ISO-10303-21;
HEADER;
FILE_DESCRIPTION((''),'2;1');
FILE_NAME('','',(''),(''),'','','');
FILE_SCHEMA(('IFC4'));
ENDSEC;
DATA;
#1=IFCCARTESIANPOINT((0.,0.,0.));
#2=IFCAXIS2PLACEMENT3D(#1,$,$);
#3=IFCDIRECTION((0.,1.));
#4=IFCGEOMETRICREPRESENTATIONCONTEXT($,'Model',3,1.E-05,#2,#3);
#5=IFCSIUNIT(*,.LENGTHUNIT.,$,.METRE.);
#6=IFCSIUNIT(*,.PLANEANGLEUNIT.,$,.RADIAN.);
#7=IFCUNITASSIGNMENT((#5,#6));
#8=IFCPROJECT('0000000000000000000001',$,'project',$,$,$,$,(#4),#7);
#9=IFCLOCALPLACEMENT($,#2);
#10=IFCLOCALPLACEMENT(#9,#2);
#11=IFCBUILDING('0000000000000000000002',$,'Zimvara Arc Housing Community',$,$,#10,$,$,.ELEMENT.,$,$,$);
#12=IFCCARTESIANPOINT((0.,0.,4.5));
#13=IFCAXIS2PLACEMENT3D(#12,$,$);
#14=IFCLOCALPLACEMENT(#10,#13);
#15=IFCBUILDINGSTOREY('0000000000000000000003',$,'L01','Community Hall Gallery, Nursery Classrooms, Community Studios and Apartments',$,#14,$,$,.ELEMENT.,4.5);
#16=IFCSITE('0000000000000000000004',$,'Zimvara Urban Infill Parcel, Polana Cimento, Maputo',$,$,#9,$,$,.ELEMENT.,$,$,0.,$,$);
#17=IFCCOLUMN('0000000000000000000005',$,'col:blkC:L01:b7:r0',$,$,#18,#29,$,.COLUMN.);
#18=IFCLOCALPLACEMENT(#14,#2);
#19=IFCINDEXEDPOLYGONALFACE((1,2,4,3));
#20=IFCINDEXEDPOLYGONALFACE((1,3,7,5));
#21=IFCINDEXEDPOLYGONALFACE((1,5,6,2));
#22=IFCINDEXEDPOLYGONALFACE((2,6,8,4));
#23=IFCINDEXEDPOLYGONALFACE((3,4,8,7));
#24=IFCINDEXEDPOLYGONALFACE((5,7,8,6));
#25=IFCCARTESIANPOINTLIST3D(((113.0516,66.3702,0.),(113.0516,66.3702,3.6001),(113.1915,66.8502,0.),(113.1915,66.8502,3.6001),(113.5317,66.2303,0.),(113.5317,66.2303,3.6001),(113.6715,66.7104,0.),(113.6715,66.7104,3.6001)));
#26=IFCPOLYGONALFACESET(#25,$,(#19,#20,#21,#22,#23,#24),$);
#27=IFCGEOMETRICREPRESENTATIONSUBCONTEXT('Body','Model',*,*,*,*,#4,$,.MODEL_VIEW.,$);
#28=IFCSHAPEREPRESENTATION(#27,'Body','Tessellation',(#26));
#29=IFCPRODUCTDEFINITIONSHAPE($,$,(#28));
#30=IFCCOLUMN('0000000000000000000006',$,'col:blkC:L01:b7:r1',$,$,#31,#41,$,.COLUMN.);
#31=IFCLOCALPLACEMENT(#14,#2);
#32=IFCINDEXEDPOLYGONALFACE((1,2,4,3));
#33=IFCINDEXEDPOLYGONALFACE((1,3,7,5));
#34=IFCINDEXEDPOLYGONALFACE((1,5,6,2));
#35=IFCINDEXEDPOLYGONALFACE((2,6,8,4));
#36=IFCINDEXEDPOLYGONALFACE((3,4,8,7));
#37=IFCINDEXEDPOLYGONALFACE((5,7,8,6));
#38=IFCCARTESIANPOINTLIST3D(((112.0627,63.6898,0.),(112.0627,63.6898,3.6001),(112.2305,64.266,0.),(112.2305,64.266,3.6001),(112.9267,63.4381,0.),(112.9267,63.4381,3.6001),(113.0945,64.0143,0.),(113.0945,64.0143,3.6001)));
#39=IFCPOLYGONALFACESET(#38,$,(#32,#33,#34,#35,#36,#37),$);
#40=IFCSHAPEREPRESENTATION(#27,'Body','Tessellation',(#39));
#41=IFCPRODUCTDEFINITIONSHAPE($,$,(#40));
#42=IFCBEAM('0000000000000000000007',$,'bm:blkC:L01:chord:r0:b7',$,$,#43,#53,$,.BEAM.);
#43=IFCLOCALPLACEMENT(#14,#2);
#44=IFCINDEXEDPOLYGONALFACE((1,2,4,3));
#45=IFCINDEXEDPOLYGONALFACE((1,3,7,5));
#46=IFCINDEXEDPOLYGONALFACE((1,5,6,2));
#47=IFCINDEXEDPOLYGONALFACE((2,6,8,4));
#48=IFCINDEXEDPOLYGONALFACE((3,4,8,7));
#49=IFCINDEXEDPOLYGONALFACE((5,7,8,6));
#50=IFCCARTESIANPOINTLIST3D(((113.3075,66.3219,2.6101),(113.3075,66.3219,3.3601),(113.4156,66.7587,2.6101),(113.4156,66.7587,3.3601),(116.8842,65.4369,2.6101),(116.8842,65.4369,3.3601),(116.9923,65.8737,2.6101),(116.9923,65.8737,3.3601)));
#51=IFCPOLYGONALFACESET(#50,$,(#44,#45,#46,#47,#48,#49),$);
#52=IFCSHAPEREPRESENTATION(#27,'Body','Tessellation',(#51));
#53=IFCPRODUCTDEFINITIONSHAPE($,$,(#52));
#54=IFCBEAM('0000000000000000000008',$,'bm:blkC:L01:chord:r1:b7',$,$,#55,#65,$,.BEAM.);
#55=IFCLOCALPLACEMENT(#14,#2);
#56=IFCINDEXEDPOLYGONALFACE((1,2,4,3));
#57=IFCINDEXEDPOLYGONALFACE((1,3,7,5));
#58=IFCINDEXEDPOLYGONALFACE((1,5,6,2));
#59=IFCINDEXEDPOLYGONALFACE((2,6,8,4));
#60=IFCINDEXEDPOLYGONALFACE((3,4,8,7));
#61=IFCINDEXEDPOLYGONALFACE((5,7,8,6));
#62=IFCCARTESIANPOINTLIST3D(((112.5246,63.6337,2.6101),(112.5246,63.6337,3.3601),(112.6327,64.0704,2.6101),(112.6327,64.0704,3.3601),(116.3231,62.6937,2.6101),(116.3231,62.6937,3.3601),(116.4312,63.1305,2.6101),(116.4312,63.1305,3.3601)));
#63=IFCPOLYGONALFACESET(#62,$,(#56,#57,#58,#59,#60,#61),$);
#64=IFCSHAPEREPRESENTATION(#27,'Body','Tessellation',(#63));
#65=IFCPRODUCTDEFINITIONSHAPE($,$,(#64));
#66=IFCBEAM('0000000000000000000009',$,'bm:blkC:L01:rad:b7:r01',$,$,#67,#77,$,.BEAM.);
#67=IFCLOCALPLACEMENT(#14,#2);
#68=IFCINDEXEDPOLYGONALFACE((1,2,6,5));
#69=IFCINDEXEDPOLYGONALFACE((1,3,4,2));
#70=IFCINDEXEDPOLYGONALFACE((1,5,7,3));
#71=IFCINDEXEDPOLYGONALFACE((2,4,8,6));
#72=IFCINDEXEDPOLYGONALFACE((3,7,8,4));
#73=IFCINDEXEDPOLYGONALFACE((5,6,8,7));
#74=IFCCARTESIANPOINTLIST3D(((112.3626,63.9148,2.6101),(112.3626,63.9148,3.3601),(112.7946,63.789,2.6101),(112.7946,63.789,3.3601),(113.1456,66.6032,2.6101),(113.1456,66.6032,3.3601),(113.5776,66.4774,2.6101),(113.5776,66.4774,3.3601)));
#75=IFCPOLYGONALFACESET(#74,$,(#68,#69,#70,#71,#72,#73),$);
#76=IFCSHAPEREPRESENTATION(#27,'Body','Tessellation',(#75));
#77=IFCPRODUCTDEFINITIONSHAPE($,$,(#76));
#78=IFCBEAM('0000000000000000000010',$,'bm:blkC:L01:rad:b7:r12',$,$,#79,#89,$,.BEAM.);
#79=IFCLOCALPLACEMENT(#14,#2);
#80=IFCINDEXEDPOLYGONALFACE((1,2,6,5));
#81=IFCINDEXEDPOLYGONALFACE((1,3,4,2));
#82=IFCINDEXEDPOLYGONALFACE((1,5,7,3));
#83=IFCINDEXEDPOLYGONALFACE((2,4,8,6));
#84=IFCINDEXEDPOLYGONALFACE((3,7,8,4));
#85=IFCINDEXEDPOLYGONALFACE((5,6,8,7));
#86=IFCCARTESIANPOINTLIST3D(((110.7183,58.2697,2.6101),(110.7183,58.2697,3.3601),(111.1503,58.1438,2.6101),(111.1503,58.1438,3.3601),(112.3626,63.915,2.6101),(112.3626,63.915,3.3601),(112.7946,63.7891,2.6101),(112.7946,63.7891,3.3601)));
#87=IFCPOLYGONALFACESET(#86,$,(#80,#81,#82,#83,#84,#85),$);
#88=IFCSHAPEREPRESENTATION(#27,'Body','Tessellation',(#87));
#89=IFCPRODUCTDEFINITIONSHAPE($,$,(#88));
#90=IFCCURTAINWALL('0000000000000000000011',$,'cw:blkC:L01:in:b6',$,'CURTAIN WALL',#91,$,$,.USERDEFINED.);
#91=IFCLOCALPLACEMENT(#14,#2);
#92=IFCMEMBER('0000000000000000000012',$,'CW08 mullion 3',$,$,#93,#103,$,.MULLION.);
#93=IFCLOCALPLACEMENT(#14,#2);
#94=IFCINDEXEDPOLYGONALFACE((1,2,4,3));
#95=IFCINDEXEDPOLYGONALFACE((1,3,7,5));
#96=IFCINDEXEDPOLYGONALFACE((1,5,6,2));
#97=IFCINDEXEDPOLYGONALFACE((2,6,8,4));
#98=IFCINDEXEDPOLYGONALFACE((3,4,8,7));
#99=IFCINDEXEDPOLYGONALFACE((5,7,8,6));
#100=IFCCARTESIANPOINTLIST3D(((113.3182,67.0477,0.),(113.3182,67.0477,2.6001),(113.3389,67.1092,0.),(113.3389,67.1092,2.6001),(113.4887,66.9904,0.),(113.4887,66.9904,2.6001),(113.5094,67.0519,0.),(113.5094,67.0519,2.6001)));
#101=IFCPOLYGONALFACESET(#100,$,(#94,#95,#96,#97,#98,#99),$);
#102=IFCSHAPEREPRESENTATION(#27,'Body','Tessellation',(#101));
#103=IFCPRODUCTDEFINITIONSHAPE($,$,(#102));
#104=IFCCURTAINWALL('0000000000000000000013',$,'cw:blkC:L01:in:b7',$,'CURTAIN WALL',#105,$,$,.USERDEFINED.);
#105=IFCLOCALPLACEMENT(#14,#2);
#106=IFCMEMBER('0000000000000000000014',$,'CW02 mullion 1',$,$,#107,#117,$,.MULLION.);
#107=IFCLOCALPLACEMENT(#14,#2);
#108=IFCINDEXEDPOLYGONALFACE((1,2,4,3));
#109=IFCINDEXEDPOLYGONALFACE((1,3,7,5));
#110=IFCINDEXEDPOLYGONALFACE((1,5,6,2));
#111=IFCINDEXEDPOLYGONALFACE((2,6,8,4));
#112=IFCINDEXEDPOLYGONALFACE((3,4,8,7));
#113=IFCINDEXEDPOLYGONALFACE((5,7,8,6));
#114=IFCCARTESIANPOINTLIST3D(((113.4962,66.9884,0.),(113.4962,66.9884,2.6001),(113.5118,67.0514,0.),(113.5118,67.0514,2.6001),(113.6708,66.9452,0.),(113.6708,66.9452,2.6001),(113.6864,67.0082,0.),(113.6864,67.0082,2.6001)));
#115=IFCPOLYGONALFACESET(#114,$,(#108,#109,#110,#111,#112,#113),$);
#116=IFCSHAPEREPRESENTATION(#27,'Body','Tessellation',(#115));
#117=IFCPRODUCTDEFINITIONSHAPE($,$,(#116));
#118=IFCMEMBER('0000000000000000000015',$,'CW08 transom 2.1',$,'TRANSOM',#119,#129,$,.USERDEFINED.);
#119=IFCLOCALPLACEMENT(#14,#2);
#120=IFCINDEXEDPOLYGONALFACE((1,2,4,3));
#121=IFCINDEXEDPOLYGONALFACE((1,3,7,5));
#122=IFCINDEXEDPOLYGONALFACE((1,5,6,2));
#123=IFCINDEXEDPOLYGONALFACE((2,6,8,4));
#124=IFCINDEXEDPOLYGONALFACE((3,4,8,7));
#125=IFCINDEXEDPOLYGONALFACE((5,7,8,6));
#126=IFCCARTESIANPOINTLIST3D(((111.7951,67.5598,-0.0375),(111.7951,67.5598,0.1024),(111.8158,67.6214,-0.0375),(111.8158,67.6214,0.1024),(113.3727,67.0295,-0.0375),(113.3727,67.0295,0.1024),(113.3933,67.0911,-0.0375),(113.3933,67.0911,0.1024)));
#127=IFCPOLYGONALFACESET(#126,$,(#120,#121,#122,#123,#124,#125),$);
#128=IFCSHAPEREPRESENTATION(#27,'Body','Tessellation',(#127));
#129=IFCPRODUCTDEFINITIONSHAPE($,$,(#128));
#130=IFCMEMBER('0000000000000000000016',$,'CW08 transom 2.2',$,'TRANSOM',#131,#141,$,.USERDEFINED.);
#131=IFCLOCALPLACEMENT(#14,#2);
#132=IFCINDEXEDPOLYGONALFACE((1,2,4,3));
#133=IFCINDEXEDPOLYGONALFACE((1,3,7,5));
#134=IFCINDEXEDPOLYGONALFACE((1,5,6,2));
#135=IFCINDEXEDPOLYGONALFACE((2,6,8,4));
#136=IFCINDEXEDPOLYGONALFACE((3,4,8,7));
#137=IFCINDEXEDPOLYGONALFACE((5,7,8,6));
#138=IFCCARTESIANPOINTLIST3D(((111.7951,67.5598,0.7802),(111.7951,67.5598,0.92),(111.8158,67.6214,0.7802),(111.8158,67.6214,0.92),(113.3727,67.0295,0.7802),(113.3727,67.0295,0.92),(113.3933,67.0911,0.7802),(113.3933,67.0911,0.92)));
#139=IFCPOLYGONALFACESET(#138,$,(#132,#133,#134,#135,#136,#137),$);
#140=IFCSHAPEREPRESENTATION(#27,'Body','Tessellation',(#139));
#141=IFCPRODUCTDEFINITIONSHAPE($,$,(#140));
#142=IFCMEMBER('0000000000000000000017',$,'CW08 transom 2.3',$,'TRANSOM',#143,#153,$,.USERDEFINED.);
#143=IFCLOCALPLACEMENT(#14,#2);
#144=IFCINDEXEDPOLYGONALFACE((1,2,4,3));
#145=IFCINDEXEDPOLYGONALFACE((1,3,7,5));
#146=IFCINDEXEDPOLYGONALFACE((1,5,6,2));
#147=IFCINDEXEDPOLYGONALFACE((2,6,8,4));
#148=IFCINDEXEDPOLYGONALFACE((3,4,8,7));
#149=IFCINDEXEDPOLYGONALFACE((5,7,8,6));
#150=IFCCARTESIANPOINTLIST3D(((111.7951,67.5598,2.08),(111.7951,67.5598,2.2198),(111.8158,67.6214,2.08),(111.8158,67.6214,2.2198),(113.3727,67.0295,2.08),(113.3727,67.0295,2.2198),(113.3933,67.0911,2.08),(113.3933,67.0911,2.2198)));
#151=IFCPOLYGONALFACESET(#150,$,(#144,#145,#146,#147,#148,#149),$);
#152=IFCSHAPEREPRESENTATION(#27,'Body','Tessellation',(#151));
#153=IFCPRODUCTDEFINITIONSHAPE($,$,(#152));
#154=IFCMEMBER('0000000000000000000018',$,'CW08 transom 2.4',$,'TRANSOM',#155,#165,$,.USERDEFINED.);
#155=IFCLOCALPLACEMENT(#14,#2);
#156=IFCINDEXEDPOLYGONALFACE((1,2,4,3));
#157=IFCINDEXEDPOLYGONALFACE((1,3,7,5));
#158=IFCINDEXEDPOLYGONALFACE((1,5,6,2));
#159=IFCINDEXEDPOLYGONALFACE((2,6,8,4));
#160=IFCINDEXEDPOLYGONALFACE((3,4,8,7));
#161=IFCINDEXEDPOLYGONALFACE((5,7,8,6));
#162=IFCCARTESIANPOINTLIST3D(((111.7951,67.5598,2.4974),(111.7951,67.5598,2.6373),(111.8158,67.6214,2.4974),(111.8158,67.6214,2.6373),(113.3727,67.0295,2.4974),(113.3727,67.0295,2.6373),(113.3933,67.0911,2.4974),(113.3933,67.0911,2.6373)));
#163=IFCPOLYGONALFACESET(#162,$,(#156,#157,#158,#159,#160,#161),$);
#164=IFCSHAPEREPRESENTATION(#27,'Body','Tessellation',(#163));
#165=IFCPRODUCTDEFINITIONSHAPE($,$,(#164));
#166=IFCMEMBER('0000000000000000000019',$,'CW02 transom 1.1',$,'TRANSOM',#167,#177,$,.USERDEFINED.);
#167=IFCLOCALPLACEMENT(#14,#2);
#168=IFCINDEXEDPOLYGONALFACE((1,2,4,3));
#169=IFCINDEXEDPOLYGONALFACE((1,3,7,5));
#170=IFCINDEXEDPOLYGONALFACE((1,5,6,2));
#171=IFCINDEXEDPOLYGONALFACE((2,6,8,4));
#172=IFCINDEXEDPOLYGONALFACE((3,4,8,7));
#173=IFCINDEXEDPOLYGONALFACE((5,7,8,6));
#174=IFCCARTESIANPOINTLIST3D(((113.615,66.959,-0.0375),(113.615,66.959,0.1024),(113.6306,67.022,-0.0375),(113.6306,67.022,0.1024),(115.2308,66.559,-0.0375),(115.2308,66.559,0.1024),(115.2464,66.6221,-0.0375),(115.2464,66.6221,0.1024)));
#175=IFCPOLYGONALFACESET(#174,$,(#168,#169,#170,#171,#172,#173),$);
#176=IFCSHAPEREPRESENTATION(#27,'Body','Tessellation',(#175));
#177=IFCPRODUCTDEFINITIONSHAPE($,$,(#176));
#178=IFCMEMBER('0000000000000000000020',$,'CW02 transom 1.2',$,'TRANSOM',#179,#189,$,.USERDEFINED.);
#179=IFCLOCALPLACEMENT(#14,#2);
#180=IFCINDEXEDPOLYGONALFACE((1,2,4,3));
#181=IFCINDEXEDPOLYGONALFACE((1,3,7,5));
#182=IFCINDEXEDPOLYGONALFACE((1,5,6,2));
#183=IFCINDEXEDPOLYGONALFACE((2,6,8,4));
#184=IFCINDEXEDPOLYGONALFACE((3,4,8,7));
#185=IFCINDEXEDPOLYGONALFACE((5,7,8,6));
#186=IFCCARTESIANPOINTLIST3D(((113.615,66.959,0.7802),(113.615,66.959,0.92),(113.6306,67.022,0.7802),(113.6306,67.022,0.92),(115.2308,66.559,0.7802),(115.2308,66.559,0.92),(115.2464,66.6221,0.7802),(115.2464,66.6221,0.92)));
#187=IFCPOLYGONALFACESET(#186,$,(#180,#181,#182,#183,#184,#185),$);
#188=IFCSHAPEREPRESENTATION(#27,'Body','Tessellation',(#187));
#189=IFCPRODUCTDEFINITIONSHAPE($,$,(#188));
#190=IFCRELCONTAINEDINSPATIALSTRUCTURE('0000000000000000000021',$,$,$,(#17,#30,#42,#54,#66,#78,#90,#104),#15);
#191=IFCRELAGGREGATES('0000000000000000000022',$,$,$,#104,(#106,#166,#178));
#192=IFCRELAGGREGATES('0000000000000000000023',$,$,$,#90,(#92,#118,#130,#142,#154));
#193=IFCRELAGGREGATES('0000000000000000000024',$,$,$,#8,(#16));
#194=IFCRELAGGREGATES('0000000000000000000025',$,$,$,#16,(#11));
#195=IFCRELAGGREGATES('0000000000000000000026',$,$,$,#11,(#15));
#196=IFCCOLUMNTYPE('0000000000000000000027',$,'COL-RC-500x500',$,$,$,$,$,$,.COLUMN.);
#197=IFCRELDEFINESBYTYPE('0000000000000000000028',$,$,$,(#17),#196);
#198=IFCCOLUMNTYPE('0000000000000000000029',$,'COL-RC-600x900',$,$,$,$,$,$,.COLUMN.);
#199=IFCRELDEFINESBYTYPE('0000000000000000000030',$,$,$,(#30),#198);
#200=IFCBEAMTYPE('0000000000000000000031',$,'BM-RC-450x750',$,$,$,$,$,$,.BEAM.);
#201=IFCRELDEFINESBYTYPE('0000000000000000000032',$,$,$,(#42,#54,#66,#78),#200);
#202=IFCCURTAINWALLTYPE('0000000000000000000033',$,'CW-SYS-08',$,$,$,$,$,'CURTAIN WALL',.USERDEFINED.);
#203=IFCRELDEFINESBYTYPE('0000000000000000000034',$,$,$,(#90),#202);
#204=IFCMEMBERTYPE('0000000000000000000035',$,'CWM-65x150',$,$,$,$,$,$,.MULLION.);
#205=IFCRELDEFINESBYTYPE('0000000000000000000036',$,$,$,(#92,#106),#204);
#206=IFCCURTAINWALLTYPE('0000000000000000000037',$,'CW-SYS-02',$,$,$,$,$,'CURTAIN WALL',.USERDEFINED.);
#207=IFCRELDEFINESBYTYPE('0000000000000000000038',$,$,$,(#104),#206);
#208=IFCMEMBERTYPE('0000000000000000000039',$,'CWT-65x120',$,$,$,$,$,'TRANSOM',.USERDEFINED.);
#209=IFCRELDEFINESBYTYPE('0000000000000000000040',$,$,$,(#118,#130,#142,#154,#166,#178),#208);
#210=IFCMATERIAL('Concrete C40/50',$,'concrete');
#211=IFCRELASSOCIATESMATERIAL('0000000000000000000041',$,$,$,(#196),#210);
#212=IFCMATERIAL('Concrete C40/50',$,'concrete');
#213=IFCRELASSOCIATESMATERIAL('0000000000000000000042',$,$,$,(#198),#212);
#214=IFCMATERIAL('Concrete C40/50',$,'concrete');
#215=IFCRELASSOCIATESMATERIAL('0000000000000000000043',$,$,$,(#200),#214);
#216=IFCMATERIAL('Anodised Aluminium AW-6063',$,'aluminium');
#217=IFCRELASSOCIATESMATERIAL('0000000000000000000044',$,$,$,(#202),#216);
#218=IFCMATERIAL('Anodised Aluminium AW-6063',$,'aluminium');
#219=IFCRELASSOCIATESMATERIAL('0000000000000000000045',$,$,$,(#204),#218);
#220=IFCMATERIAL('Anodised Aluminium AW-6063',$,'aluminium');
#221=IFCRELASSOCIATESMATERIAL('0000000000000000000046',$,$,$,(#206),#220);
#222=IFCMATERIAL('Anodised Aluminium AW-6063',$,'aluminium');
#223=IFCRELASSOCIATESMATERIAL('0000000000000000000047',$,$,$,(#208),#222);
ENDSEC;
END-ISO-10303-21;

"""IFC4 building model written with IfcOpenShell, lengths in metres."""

from ifc_helpers import new_model, si_unit, direction, frame, origin, origin_2d, place, context, subcontext, project, spatial, rectangle, extrude, material, material_profile, profile_set, type_object, element, aggregate, save


model = new_model("IFC4")

# Units and contexts
model_context = context("Model", 3, precision=1e-05, world=origin(), true_north=direction((0.0, 1.0)))
body_context = subcontext(model_context, "Body", "Model", "MODEL_VIEW")
ifc_project = project(units=[si_unit("LENGTHUNIT", "METRE"), si_unit("PLANEANGLEUNIT", "RADIAN")], contexts=[model_context])

# Site, building, storey
site_placement = place(None, origin())
site = spatial("IfcSite", under=ifc_project, at=site_placement, Name="Zimvara Urban Infill Parcel, Polana Cimento, Maputo", CompositionType="ELEMENT", RefElevation=0.0)
building_placement = place(site_placement, origin())
building = spatial("IfcBuilding", under=site, at=building_placement, Name="Zimvara Arc Housing Community", CompositionType="ELEMENT")
storey_placement = place(building_placement, frame((0.0, 0.0, 4.5)))
storey = spatial("IfcBuildingStorey", under=building, at=storey_placement, Name="L01", Description="Community Hall Gallery, Nursery Classrooms, Community Studios and Apartments", CompositionType="ELEMENT", Elevation=4.5)

# Columns
ifc_material_1 = material(Name="Concrete C40/50", Category="concrete")
ifc_material_profile_1 = material_profile(ifc_material_1, rectangle(XDim=0.5, YDim=0.5, at=origin_2d()), Name="RC 500x500")
ifc_profile_set_1 = profile_set([ifc_material_profile_1], Name="Concrete C40/50")
column_type_1 = type_object("IfcColumnType", Name="COL-RC-500x500", PredefinedType="COLUMN", material=ifc_profile_set_1)
column_1_placement = place(storey_placement, frame((113.3616, 66.5403, 0.0), z_axis=(0.0, 0.0, 1.0), x_axis=(-0.279661, -0.960099, 0.0)))
element("IfcColumn", 1, at=column_1_placement, inside=storey, type_object=column_type_1, Name="col:blkC:L01:b7:r0", PredefinedType="COLUMN", context=body_context, shape_type="SweptSolid", body=[
    extrude(rectangle(XDim=0.5, YDim=0.5, at=origin_2d()), origin(), (0.0, 0.0, 1.0), 3.6001),
])
ifc_material_2 = material(Name="Concrete C40/50", Category="concrete")
ifc_material_profile_2 = material_profile(ifc_material_2, rectangle(XDim=0.6001, YDim=0.8999, at=origin_2d()), Name="RC 600x900")
ifc_profile_set_2 = profile_set([ifc_material_profile_2], Name="Concrete C40/50")
column_type_2 = type_object("IfcColumnType", Name="COL-RC-600x900", PredefinedType="COLUMN", material=ifc_profile_set_2)
column_2_placement = place(storey_placement, frame((112.5786, 63.8521, 0.0), z_axis=(0.0, 0.0, 1.0), x_axis=(-0.279661, -0.960099, 0.0)))
element("IfcColumn", 2, at=column_2_placement, inside=storey, type_object=column_type_2, Name="col:blkC:L01:b7:r1", PredefinedType="COLUMN", context=body_context, shape_type="SweptSolid", body=[
    extrude(rectangle(XDim=0.6001, YDim=0.8999, at=origin_2d()), origin(), (0.0, 0.0, 1.0), 3.6001),
])

# Beams
ifc_material_3 = material(Name="Concrete C40/50", Category="concrete")
ifc_material_profile_3 = material_profile(ifc_material_3, rectangle(XDim=0.45, YDim=0.75, at=origin_2d()), Name="RC 450x750")
ifc_profile_set_3 = profile_set([ifc_material_profile_3], Name="Concrete C40/50")
beam_type = type_object("IfcBeamType", Name="BM-RC-450x750", PredefinedType="BEAM", material=ifc_profile_set_3)
beam_1_placement = place(storey_placement, frame((113.3616, 66.5403, 2.9851), z_axis=(0.970724, -0.240196, 0.0), x_axis=(0.240196, 0.970724, 0.0)))
element("IfcBeam", 3, at=beam_1_placement, inside=storey, type_object=beam_type, Name="bm:blkC:L01:chord:r0:b7", PredefinedType="BEAM", context=body_context, shape_type="SweptSolid", body=[
    extrude(rectangle(XDim=0.45, YDim=0.75, at=origin_2d()), origin(), (0.0, 0.0, 1.0), 3.6846),
])
beam_2_placement = place(storey_placement, frame((112.5786, 63.8521, 2.9851), z_axis=(0.970723, -0.240201, 0.0), x_axis=(0.240201, 0.970723, 0.0)))
element("IfcBeam", 4, at=beam_2_placement, inside=storey, type_object=beam_type, Name="bm:blkC:L01:chord:r1:b7", PredefinedType="BEAM", context=body_context, shape_type="SweptSolid", body=[
    extrude(rectangle(XDim=0.45, YDim=0.75, at=origin_2d()), origin(), (0.0, 0.0, 1.0), 3.9131),
])
beam_3_placement = place(storey_placement, frame((113.3616, 66.5403, 2.9851), z_axis=(-0.279635, -0.960106, 0.0), x_axis=(0.960106, -0.279635, 0.0)))
element("IfcBeam", 5, at=beam_3_placement, inside=storey, type_object=beam_type, Name="bm:blkC:L01:rad:b7:r01", PredefinedType="BEAM", context=body_context, shape_type="SweptSolid", body=[
    extrude(rectangle(XDim=0.45, YDim=0.75, at=origin_2d()), origin(), (0.0, 0.0, 1.0), 2.8),
])
beam_4_placement = place(storey_placement, frame((112.5786, 63.8521, 2.9851), z_axis=(-0.279648, -0.960103, 0.0), x_axis=(0.960103, -0.279648, 0.0)))
element("IfcBeam", 6, at=beam_4_placement, inside=storey, type_object=beam_type, Name="bm:blkC:L01:rad:b7:r12", PredefinedType="BEAM", context=body_context, shape_type="SweptSolid", body=[
    extrude(rectangle(XDim=0.45, YDim=0.75, at=origin_2d()), origin(), (0.0, 0.0, 1.0), 5.8799),
])

# Curtain walls, members
ifc_material_4 = material(Name="Anodised Aluminium AW-6063", Category="aluminium")
curtain_wall_type_1 = type_object("IfcCurtainWallType", Name="CW-SYS-08", ElementType="CURTAIN WALL", PredefinedType="USERDEFINED", material=ifc_material_4)
curtain_wall_1_placement = place(storey_placement, origin())
curtain_wall_1 = element("IfcCurtainWall", 7, at=curtain_wall_1_placement, inside=storey, type_object=curtain_wall_type_1, Name="cw:blkC:L01:in:b6", ObjectType="CURTAIN WALL", PredefinedType="USERDEFINED")
ifc_material_5 = material(Name="Anodised Aluminium AW-6063", Category="aluminium")
ifc_material_profile_4 = material_profile(ifc_material_5, rectangle(XDim=0.0649, YDim=0.1799, at=origin_2d()), Name="ALU 65x180")
ifc_profile_set_4 = profile_set([ifc_material_profile_4], Name="Anodised Aluminium AW-6063")
member_type_1 = type_object("IfcMemberType", Name="CWM-65x150", PredefinedType="MULLION", material=ifc_profile_set_4)
member_1_placement = place(storey_placement, frame((113.4138, 67.0498, 0.0), z_axis=(0.0, 0.0, 1.0), x_axis=(0.31863, 0.947879, 0.0)))
member_1 = element("IfcMember", 8, at=member_1_placement, type_object=member_type_1, Name="CW08 mullion 3", PredefinedType="MULLION", context=body_context, shape_type="SweptSolid", body=[
    extrude(rectangle(XDim=0.0649, YDim=0.1799, at=origin_2d()), origin(), (0.0, 0.0, 1.0), 2.6001),
])
ifc_material_6 = material(Name="Anodised Aluminium AW-6063", Category="aluminium")
curtain_wall_type_2 = type_object("IfcCurtainWallType", Name="CW-SYS-02", ElementType="CURTAIN WALL", PredefinedType="USERDEFINED", material=ifc_material_6)
curtain_wall_2_placement = place(storey_placement, origin())
curtain_wall_2 = element("IfcCurtainWall", 9, at=curtain_wall_2_placement, inside=storey, type_object=curtain_wall_type_2, Name="cw:blkC:L01:in:b7", ObjectType="CURTAIN WALL", PredefinedType="USERDEFINED")
member_2_placement = place(storey_placement, frame((113.5913, 66.9983, 0.0), z_axis=(0.0, 0.0, 1.0), x_axis=(0.240228, 0.970717, 0.0)))
member_2 = element("IfcMember", 10, at=member_2_placement, type_object=member_type_1, Name="CW02 mullion 1", PredefinedType="MULLION", context=body_context, shape_type="SweptSolid", body=[
    extrude(rectangle(XDim=0.0649, YDim=0.1799, at=origin_2d()), origin(), (0.0, 0.0, 1.0), 2.6001),
])

# Members
ifc_material_7 = material(Name="Anodised Aluminium AW-6063", Category="aluminium")
ifc_material_profile_5 = material_profile(ifc_material_7, rectangle(XDim=0.0649, YDim=0.1399, at=origin_2d()), Name="ALU 65x140")
ifc_profile_set_5 = profile_set([ifc_material_profile_5], Name="Anodised Aluminium AW-6063")
member_type_2 = type_object("IfcMemberType", Name="CWT-65x120", ElementType="TRANSOM", PredefinedType="USERDEFINED", material=ifc_profile_set_5)
member_3_placement = place(storey_placement, frame((111.8054, 67.5906, 0.0325), z_axis=(0.947888, -0.318603, 0.0), x_axis=(0.318603, 0.947888, 0.0)))
member_3 = element("IfcMember", 11, at=member_3_placement, type_object=member_type_2, Name="CW08 transom 2.1", ObjectType="TRANSOM", PredefinedType="USERDEFINED", context=body_context, shape_type="SweptSolid", body=[
    extrude(rectangle(XDim=0.0649, YDim=0.1399, at=origin_2d()), origin(), (0.0, 0.0, 1.0), 1.6643),
])
member_4_placement = place(storey_placement, frame((111.8054, 67.5906, 0.8501), z_axis=(0.947888, -0.318603, 0.0), x_axis=(0.318603, 0.947888, 0.0)))
member_4 = element("IfcMember", 12, at=member_4_placement, type_object=member_type_2, Name="CW08 transom 2.2", ObjectType="TRANSOM", PredefinedType="USERDEFINED", context=body_context, shape_type="SweptSolid", body=[
    extrude(rectangle(XDim=0.0649, YDim=0.1399, at=origin_2d()), origin(), (0.0, 0.0, 1.0), 1.6643),
])
member_5_placement = place(storey_placement, frame((111.8054, 67.5906, 2.1499), z_axis=(0.947888, -0.318603, 0.0), x_axis=(0.318603, 0.947888, 0.0)))
member_5 = element("IfcMember", 13, at=member_5_placement, type_object=member_type_2, Name="CW08 transom 2.3", ObjectType="TRANSOM", PredefinedType="USERDEFINED", context=body_context, shape_type="SweptSolid", body=[
    extrude(rectangle(XDim=0.0649, YDim=0.1399, at=origin_2d()), origin(), (0.0, 0.0, 1.0), 1.6643),
])
member_6_placement = place(storey_placement, frame((111.8054, 67.5906, 2.5674), z_axis=(0.947888, -0.318603, 0.0), x_axis=(0.318603, 0.947888, 0.0)))
member_6 = element("IfcMember", 14, at=member_6_placement, type_object=member_type_2, Name="CW08 transom 2.4", ObjectType="TRANSOM", PredefinedType="USERDEFINED", context=body_context, shape_type="SweptSolid", body=[
    extrude(rectangle(XDim=0.0649, YDim=0.1399, at=origin_2d()), origin(), (0.0, 0.0, 1.0), 1.6643),
])
member_7_placement = place(storey_placement, frame((113.6228, 66.9905, 0.0325), z_axis=(0.970709, -0.240257, 0.0), x_axis=(0.240257, 0.970709, 0.0)))
member_7 = element("IfcMember", 15, at=member_7_placement, type_object=member_type_2, Name="CW02 transom 1.1", ObjectType="TRANSOM", PredefinedType="USERDEFINED", context=body_context, shape_type="SweptSolid", body=[
    extrude(rectangle(XDim=0.0649, YDim=0.1399, at=origin_2d()), origin(), (0.0, 0.0, 1.0), 1.6646),
])
member_8_placement = place(storey_placement, frame((113.6228, 66.9905, 0.8501), z_axis=(0.970709, -0.240257, 0.0), x_axis=(0.240257, 0.970709, 0.0)))
member_8 = element("IfcMember", 16, at=member_8_placement, type_object=member_type_2, Name="CW02 transom 1.2", ObjectType="TRANSOM", PredefinedType="USERDEFINED", context=body_context, shape_type="SweptSolid", body=[
    extrude(rectangle(XDim=0.0649, YDim=0.1399, at=origin_2d()), origin(), (0.0, 0.0, 1.0), 1.6646),
])
aggregate(curtain_wall_2, [member_2, member_7, member_8])

aggregate(curtain_wall_1, [member_1, member_3, member_4, member_5, member_6])

save(model, "model.ifc")
